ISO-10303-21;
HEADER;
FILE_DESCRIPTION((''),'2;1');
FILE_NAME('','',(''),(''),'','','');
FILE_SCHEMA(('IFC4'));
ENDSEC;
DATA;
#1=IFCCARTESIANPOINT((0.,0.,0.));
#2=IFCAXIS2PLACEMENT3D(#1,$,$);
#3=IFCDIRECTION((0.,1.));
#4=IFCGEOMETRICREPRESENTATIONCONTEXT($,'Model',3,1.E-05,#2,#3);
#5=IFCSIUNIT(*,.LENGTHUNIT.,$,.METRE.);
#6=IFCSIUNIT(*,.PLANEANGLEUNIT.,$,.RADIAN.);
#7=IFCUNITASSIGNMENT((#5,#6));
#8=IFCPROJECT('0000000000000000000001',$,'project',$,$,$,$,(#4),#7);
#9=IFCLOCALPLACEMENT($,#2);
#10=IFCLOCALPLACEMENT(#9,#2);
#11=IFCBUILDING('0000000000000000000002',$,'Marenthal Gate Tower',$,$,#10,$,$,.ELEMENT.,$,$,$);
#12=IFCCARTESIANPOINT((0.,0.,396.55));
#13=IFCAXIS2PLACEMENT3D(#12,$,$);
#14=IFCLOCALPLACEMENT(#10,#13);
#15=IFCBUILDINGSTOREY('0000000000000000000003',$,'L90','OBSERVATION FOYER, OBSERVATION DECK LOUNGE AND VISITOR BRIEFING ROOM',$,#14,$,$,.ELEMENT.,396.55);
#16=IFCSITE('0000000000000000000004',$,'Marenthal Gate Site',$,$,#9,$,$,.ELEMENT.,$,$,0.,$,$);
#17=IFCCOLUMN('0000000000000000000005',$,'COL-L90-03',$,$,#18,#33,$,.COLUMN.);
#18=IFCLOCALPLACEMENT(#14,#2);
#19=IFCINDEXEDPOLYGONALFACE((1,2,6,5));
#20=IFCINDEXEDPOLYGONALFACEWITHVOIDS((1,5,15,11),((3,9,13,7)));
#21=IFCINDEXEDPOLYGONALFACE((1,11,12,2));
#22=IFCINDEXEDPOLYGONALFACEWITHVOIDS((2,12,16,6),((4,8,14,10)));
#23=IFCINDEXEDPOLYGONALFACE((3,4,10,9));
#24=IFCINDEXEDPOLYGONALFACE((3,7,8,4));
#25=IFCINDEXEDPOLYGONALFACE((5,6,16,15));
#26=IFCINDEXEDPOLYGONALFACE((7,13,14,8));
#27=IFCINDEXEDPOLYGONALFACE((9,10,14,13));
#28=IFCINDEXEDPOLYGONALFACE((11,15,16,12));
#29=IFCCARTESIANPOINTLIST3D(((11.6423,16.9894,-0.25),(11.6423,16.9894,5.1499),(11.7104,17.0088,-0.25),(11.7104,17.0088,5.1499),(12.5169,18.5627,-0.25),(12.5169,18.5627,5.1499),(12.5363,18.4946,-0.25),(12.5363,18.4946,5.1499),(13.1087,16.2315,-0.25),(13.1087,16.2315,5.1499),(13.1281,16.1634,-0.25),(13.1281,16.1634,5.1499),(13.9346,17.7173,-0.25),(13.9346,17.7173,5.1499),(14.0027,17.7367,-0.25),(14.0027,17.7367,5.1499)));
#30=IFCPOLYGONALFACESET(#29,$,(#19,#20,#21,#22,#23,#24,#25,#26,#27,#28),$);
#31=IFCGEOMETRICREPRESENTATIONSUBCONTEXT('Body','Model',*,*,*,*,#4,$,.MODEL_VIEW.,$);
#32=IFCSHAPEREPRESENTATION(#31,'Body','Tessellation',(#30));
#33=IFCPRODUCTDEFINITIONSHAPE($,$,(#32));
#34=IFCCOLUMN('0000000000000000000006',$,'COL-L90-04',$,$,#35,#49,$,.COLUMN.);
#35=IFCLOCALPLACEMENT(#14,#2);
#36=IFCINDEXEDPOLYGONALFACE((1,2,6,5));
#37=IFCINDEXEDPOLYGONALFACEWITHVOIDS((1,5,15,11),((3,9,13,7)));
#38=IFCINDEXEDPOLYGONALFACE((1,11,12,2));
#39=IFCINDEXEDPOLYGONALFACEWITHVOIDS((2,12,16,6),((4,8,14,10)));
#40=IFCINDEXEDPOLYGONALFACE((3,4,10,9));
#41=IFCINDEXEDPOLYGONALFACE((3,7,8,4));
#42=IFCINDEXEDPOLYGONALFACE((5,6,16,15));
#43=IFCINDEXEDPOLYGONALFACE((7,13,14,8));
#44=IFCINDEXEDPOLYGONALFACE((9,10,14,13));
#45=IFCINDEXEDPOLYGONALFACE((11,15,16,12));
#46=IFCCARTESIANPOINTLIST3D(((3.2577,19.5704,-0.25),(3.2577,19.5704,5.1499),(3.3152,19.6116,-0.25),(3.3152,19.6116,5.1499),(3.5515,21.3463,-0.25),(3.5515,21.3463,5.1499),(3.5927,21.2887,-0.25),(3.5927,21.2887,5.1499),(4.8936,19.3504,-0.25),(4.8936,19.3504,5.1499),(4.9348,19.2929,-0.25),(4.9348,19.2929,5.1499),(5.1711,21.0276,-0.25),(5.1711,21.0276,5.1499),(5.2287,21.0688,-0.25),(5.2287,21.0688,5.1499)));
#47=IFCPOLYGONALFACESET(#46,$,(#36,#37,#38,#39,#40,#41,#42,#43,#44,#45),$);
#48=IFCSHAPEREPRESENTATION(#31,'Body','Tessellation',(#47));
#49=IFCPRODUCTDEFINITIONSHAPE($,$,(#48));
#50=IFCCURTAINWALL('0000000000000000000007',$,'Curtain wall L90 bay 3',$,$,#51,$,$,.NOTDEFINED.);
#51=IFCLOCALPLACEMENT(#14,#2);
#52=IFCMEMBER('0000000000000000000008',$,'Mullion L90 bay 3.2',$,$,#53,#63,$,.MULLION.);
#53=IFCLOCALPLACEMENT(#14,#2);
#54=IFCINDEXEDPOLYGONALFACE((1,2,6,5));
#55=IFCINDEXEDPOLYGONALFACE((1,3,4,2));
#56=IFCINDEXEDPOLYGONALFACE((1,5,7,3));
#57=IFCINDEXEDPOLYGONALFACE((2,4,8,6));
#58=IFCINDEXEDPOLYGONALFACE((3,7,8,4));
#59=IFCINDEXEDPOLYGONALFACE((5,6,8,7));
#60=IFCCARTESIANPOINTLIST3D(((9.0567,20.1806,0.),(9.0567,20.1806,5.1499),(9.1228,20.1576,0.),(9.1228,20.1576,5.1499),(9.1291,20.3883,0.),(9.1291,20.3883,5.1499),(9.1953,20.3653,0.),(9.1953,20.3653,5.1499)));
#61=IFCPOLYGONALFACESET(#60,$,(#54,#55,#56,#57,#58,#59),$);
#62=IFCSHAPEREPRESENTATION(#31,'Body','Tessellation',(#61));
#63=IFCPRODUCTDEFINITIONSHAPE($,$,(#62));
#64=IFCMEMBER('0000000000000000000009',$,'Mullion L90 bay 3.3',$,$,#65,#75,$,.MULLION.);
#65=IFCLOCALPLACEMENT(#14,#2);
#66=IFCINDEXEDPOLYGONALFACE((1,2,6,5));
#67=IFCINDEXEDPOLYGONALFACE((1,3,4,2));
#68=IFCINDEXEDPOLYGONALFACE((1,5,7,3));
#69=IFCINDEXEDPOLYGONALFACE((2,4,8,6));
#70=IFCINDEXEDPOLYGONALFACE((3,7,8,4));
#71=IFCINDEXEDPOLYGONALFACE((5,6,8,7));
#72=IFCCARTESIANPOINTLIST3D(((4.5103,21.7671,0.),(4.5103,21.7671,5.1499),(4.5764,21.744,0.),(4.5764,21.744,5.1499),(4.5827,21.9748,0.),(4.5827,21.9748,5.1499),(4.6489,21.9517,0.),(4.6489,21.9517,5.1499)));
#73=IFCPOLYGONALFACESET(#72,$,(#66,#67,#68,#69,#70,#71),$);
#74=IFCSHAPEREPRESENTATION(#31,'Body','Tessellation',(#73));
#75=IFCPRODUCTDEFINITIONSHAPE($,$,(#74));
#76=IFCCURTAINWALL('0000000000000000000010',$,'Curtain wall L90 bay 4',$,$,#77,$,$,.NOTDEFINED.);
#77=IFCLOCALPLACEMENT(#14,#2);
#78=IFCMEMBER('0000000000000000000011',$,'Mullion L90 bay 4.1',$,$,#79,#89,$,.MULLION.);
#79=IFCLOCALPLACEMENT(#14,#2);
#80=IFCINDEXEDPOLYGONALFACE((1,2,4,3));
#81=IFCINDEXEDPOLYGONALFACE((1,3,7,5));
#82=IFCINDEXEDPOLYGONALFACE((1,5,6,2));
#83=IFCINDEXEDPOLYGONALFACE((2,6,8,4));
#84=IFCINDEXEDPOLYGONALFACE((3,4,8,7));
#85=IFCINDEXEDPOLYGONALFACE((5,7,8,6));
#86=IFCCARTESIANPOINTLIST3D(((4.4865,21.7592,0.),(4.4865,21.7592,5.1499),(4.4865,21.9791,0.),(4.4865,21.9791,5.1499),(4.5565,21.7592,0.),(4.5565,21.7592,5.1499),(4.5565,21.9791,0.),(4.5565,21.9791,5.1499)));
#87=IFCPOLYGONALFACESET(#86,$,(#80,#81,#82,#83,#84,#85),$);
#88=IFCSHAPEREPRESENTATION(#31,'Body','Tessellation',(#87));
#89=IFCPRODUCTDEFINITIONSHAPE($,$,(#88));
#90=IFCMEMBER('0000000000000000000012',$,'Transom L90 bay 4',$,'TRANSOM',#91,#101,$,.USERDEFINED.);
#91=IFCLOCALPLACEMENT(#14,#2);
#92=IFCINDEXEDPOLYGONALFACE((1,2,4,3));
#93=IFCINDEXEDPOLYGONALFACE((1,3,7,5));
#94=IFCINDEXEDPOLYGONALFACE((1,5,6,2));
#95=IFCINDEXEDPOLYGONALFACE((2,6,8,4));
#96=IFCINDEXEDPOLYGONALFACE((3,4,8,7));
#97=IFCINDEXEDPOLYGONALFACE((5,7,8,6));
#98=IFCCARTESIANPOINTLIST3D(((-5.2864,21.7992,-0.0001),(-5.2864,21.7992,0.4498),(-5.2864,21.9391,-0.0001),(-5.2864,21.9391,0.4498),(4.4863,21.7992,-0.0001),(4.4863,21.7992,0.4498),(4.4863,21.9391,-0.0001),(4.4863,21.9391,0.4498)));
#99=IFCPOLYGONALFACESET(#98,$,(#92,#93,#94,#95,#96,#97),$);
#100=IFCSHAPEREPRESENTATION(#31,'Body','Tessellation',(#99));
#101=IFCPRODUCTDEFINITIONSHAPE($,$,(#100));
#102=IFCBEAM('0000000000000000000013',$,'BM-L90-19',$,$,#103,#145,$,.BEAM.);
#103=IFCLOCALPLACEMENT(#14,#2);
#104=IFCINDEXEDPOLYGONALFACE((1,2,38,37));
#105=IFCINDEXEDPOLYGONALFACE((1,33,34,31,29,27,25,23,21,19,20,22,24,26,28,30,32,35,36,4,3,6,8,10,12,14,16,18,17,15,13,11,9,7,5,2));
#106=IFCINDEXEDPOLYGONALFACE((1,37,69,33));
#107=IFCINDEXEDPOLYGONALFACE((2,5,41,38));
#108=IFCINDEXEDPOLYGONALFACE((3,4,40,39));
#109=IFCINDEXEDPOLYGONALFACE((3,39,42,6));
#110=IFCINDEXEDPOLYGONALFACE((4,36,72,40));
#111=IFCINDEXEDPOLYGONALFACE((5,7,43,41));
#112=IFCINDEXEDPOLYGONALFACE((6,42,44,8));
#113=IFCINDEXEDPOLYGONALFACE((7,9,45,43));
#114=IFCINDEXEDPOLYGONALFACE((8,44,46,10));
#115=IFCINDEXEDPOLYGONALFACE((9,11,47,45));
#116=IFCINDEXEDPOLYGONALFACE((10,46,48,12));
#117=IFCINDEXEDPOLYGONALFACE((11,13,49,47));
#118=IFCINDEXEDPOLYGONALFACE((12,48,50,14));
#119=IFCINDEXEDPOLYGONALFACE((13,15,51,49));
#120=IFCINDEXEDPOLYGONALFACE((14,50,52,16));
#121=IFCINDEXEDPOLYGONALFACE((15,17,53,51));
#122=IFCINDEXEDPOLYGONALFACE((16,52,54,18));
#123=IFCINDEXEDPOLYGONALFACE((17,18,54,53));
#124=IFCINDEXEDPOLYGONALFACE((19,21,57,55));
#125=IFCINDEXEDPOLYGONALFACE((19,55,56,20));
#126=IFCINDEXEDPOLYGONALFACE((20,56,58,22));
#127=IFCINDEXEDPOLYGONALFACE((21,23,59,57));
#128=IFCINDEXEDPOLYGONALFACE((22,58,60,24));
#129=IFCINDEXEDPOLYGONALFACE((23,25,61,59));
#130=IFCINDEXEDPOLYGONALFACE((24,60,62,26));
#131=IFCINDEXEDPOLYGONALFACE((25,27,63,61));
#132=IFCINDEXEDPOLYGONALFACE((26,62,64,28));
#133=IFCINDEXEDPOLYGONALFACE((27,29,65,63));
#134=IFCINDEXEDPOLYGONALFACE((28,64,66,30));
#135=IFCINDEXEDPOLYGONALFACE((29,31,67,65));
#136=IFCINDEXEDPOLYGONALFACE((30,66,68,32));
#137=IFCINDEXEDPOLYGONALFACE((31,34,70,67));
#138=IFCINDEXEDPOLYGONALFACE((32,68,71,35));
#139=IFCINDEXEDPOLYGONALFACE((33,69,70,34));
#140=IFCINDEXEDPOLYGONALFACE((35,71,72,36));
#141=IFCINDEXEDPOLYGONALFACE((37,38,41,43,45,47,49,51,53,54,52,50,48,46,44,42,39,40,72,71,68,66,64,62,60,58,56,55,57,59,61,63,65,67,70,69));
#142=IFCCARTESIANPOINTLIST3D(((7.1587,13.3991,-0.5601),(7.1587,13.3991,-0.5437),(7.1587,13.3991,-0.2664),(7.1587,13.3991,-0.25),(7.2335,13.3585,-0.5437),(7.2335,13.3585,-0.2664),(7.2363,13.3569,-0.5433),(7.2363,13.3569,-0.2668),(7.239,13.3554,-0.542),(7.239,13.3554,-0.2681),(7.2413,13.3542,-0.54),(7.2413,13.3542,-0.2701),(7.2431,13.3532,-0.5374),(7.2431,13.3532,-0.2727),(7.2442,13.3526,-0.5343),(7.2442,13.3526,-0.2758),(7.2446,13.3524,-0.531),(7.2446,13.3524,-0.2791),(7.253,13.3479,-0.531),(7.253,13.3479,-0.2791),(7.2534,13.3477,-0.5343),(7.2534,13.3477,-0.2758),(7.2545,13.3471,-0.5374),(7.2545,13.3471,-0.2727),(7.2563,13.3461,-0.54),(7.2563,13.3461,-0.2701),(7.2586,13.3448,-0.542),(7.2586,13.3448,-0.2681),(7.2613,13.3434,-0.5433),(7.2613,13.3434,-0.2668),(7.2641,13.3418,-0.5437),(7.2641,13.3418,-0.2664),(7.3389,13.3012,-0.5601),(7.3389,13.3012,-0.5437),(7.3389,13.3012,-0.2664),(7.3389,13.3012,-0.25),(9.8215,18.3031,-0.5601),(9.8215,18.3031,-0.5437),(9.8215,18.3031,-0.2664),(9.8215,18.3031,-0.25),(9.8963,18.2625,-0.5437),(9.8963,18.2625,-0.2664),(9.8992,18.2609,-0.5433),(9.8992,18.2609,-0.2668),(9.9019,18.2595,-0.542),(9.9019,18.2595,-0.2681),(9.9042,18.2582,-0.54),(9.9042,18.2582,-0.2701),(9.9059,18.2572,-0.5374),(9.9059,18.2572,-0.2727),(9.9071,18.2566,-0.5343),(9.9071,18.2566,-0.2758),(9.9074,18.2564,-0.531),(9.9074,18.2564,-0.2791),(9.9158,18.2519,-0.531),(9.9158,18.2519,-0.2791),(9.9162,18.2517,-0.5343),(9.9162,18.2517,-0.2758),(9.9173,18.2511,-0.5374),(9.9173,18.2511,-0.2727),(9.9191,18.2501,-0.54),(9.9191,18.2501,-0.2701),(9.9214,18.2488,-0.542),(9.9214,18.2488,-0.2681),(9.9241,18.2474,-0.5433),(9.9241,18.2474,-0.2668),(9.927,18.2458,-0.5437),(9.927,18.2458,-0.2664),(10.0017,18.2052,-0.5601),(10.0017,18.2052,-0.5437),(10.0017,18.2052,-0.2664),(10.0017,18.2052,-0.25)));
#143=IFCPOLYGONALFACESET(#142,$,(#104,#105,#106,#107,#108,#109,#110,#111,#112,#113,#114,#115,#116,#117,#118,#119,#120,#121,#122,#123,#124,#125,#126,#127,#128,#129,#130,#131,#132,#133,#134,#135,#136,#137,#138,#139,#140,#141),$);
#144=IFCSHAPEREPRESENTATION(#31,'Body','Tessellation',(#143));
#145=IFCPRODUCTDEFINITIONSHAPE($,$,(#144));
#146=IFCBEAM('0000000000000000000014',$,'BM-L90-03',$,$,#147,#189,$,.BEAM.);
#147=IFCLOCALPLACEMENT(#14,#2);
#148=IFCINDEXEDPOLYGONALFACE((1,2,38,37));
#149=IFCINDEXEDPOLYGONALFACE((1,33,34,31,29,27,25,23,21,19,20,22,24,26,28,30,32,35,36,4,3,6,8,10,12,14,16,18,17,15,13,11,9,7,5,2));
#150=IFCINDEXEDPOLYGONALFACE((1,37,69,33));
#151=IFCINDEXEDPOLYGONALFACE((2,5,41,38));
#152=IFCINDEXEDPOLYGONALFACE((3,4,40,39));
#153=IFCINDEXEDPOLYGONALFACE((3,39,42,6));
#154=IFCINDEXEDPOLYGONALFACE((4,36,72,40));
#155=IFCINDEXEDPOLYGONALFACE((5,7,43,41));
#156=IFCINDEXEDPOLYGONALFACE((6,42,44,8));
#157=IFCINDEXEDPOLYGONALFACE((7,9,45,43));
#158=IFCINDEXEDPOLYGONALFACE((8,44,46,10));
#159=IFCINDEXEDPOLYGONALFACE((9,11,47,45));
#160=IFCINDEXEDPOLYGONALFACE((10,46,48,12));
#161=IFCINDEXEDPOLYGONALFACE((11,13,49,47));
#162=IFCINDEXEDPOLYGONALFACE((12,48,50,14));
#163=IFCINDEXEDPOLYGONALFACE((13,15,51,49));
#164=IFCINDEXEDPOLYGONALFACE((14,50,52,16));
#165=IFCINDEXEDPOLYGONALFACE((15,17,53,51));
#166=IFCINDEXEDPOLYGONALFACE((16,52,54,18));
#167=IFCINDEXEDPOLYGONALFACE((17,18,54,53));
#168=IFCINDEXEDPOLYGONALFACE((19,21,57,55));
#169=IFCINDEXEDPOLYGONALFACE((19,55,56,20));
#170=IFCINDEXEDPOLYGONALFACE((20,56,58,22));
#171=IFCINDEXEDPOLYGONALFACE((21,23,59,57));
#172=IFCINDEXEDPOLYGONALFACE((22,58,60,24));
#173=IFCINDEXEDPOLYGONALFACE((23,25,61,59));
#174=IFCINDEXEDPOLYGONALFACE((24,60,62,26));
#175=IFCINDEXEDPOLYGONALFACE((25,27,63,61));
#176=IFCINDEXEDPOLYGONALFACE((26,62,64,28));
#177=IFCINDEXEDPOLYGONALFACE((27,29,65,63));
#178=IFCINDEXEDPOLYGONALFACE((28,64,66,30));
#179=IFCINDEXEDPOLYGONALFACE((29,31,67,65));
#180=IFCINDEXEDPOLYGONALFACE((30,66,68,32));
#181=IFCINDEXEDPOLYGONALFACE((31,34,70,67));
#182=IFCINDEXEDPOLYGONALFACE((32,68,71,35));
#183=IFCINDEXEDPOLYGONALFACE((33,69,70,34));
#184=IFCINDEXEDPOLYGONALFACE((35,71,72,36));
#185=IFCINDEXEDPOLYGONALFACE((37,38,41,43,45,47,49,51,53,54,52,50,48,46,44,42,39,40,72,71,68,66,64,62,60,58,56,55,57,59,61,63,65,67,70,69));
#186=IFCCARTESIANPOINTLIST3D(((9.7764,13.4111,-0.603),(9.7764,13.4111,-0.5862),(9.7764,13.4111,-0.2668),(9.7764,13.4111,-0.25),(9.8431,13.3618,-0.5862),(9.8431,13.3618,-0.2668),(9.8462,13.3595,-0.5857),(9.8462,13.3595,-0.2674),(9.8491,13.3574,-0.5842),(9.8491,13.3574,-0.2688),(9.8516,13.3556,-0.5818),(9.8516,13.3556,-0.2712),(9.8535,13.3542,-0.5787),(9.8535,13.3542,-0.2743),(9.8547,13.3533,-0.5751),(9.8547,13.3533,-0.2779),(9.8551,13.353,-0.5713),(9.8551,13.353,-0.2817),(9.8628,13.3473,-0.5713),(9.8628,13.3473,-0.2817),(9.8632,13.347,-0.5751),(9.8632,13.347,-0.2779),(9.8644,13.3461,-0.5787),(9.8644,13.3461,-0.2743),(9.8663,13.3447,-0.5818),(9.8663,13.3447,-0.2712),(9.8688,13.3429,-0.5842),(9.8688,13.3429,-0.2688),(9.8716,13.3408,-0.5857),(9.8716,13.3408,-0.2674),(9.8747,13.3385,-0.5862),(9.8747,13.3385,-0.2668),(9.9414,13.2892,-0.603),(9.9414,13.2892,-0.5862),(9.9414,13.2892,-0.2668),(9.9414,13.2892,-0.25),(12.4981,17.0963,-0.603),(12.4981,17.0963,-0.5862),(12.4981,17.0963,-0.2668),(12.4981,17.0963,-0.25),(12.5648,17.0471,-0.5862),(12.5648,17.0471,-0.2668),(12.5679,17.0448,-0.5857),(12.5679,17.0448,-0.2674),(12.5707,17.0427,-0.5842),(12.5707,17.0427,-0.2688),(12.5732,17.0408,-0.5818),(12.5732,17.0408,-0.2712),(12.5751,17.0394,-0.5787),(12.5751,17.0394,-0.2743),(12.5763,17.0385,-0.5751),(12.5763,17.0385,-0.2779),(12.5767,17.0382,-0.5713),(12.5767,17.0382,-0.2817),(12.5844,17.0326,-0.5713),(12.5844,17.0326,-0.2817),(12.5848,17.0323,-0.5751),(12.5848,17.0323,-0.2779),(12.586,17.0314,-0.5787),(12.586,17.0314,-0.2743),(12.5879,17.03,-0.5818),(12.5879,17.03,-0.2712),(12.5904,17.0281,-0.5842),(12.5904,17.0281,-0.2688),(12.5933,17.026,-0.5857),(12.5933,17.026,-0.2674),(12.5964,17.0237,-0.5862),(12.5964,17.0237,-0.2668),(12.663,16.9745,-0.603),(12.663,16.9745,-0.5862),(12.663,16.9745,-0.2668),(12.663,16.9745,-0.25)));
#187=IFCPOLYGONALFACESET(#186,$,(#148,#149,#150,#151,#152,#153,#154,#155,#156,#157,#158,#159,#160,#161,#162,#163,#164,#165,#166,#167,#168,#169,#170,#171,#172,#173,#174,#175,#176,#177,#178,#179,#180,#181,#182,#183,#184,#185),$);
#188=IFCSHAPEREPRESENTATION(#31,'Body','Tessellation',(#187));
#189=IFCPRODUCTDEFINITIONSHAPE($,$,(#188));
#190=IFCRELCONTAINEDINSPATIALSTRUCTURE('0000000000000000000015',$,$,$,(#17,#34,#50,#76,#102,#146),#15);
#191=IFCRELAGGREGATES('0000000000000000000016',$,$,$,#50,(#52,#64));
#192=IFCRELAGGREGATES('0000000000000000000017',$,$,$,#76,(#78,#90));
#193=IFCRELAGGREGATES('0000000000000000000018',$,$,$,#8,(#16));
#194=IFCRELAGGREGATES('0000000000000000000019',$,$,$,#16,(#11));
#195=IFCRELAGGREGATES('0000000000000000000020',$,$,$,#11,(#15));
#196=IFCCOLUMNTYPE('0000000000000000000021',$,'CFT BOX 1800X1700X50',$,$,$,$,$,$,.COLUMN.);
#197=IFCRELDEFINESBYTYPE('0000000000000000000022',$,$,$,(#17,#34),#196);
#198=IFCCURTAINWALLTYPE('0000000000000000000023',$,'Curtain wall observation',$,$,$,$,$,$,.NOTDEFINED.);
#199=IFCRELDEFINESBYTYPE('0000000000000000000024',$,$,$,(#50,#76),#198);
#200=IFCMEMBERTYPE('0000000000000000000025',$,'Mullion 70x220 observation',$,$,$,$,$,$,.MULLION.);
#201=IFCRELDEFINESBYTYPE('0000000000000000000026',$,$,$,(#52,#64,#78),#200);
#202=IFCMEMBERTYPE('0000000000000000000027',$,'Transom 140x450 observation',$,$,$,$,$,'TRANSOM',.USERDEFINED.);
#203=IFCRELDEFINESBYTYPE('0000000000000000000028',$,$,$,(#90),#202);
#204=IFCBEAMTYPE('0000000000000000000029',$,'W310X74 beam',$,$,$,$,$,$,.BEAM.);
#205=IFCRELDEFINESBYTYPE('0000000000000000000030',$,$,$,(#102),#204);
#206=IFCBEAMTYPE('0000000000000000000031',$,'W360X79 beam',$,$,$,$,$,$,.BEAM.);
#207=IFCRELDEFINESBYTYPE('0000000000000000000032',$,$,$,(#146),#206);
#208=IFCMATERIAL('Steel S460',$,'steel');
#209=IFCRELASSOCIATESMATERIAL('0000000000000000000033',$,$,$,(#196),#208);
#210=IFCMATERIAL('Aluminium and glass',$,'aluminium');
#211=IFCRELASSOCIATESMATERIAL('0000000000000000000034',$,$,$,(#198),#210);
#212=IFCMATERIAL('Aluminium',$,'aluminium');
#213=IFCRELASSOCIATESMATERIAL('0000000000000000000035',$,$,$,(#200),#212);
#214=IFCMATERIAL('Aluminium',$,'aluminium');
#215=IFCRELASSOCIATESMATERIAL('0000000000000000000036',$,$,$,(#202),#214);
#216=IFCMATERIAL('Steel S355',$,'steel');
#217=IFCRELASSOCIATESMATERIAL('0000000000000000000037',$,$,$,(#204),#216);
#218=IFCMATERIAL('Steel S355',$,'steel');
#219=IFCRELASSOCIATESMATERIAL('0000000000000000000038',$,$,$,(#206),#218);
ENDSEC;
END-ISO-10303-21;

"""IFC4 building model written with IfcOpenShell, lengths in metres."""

from ifc_helpers import new_model, si_unit, direction, frame, origin, origin_2d, place, context, subcontext, project, spatial, rectangle, hollow_rectangle, i_section, extrude, material, material_profile, profile_set, type_object, element, aggregate, save


model = new_model("IFC4")

# Units and contexts
model_context = context("Model", 3, precision=1e-05, world=origin(), true_north=direction((0.0, 1.0)))
body_context = subcontext(model_context, "Body", "Model", "MODEL_VIEW")
ifc_project = project(units=[si_unit("LENGTHUNIT", "METRE"), si_unit("PLANEANGLEUNIT", "RADIAN")], contexts=[model_context])

# Site, building, storey
site_placement = place(None, origin())
site = spatial("IfcSite", under=ifc_project, at=site_placement, Name="Marenthal Gate Site", CompositionType="ELEMENT", RefElevation=0.0)
building_placement = place(site_placement, origin())
building = spatial("IfcBuilding", under=site, at=building_placement, Name="Marenthal Gate Tower", CompositionType="ELEMENT")
storey_placement = place(building_placement, frame((0.0, 0.0, 396.55)))
storey = spatial("IfcBuildingStorey", under=building, at=storey_placement, Name="L90", Description="OBSERVATION FOYER, OBSERVATION DECK LOUNGE AND VISITOR BRIEFING ROOM", CompositionType="ELEMENT", Elevation=396.55)

# Columns
ifc_material_1 = material(Name="Steel S460", Category="steel")
ifc_material_profile_1 = material_profile(ifc_material_1, hollow_rectangle(XDim=1.7, YDim=1.8, WallThickness=0.05, at=origin_2d()), Name="CFT BOX 1800X1700X50")
ifc_material_2 = material(Name="Concrete 70 MPa", Category="concrete")
ifc_material_profile_2 = material_profile(ifc_material_2, rectangle(XDim=1.6001, YDim=1.7, at=origin_2d()), Name="CFT BOX 1800X1700X50 INFILL")
ifc_profile_set_1 = profile_set([ifc_material_profile_1, ifc_material_profile_2], Name="Steel S460 shell, Concrete 70 MPa infill")
column_type = type_object("IfcColumnType", Name="CFT BOX 1800X1700X50", PredefinedType="COLUMN", material=ifc_profile_set_1)
for number, where, z_axis, x_axis, name in (
    (1, (12.8225, 17.363, -0.25), (0.0, 0.0, 1.0), (0.874037, -0.48586, 0.0), "COL-L90-03"),
    (2, (4.2432, 20.3196, -0.25), (0.0, 0.0, 1.0), (0.986583, -0.163262, 0.0), "COL-L90-04"),
):
    element("IfcColumn", number, at=place(storey_placement, frame(where, z_axis=z_axis, x_axis=x_axis)), inside=storey, type_object=column_type, Name=name, PredefinedType="COLUMN", context=body_context, shape_type="SweptSolid", body=[
        extrude(hollow_rectangle(XDim=1.7, YDim=1.8, WallThickness=0.05, at=origin_2d()), origin(), (0.0, 0.0, 1.0), 5.3999),
    ])

# Curtain walls, members
ifc_material_3 = material(Name="Aluminium and glass", Category="aluminium")
curtain_wall_type = type_object("IfcCurtainWallType", Name="Curtain wall observation", PredefinedType="NOTDEFINED", material=ifc_material_3)
curtain_wall_1_placement = place(storey_placement, origin())
curtain_wall_1 = element("IfcCurtainWall", 3, at=curtain_wall_1_placement, inside=storey, type_object=curtain_wall_type, Name="Curtain wall L90 bay 3", PredefinedType="NOTDEFINED")
ifc_material_4 = material(Name="Aluminium", Category="aluminium")
ifc_material_profile_3 = material_profile(ifc_material_4, rectangle(XDim=0.22, YDim=0.0701, at=origin_2d()), Name="70x220 aluminium mullion")
ifc_profile_set_2 = profile_set([ifc_material_profile_3], Name="Aluminium")
member_type_1 = type_object("IfcMemberType", Name="Mullion 70x220 observation", PredefinedType="MULLION", material=ifc_profile_set_2)
member_1_placement = place(storey_placement, frame((9.126, 20.2729, 0.0), z_axis=(0.0, 0.0, 1.0), x_axis=(-0.329454, -0.944172, 0.0)))
member_1 = element("IfcMember", 4, at=member_1_placement, type_object=member_type_1, Name="Mullion L90 bay 3.2", PredefinedType="MULLION", context=body_context, shape_type="SweptSolid", body=[
    extrude(rectangle(XDim=0.22, YDim=0.0701, at=origin_2d()), origin(), (0.0, 0.0, 1.0), 5.1499),
])
member_2_placement = place(storey_placement, frame((4.5796, 21.8594, 0.0), z_axis=(0.0, 0.0, 1.0), x_axis=(-0.329454, -0.944172, 0.0)))
member_2 = element("IfcMember", 5, at=member_2_placement, type_object=member_type_1, Name="Mullion L90 bay 3.3", PredefinedType="MULLION", context=body_context, shape_type="SweptSolid", body=[
    extrude(rectangle(XDim=0.22, YDim=0.0701, at=origin_2d()), origin(), (0.0, 0.0, 1.0), 5.1499),
])
curtain_wall_2_placement = place(storey_placement, origin())
curtain_wall_2 = element("IfcCurtainWall", 6, at=curtain_wall_2_placement, inside=storey, type_object=curtain_wall_type, Name="Curtain wall L90 bay 4", PredefinedType="NOTDEFINED")
member_3_placement = place(storey_placement, frame((4.5215, 21.8691, 0.0), z_axis=(0.0, 0.0, 1.0), x_axis=(0.0, -1.0, 0.0)))
member_3 = element("IfcMember", 7, at=member_3_placement, type_object=member_type_1, Name="Mullion L90 bay 4.1", PredefinedType="MULLION", context=body_context, shape_type="SweptSolid", body=[
    extrude(rectangle(XDim=0.22, YDim=0.0701, at=origin_2d()), origin(), (0.0, 0.0, 1.0), 5.1499),
])
ifc_material_5 = material(Name="Aluminium", Category="aluminium")
ifc_material_profile_4 = material_profile(ifc_material_5, rectangle(XDim=0.1399, YDim=0.45, at=origin_2d()), Name="140x450 aluminium transom")
ifc_profile_set_3 = profile_set([ifc_material_profile_4], Name="Aluminium")
member_type_2 = type_object("IfcMemberType", Name="Transom 140x450 observation", ElementType="TRANSOM", PredefinedType="USERDEFINED", material=ifc_profile_set_3)
member_4_placement = place(storey_placement, frame((4.4863, 21.8691, 0.2249), z_axis=(-1.0, 0.0, 0.0), x_axis=(0.0, -1.0, 0.0)))
member_4 = element("IfcMember", 8, at=member_4_placement, type_object=member_type_2, Name="Transom L90 bay 4", ObjectType="TRANSOM", PredefinedType="USERDEFINED", context=body_context, shape_type="SweptSolid", body=[
    extrude(rectangle(XDim=0.1399, YDim=0.45, at=origin_2d()), origin(), (0.0, 0.0, 1.0), 9.7727),
])

# Beams
ifc_material_6 = material(Name="Steel S355", Category="steel")
ifc_material_profile_5 = material_profile(ifc_material_6, i_section(OverallWidth=0.2051, OverallDepth=0.3101, WebThickness=0.0095, FlangeThickness=0.0164, FilletRadius=0.0127, at=origin_2d()), Name="W310X74")
ifc_profile_set_4 = profile_set([ifc_material_profile_5], Name="Steel S355")
beam_type_1 = type_object("IfcBeamType", Name="W310X74 beam", PredefinedType="BEAM", material=ifc_profile_set_4)
beam_1_placement = place(storey_placement, frame((9.9116, 18.2542, -0.405), z_axis=(-0.477181, -0.878805, 0.0), x_axis=(0.878805, -0.477181, 0.0)))
element("IfcBeam", 9, at=beam_1_placement, inside=storey, type_object=beam_type_1, Name="BM-L90-19", PredefinedType="BEAM", context=body_context, shape_type="SweptSolid", body=[
    extrude(i_section(OverallWidth=0.2051, OverallDepth=0.3101, WebThickness=0.0095, FlangeThickness=0.0164, FilletRadius=0.0127, at=origin_2d()), origin(), (0.0, 0.0, 1.0), 5.5803),
])
ifc_material_7 = material(Name="Steel S355", Category="steel")
ifc_material_profile_6 = material_profile(ifc_material_7, i_section(OverallWidth=0.2051, OverallDepth=0.353, WebThickness=0.0095, FlangeThickness=0.0168, FilletRadius=0.0149, at=origin_2d()), Name="W360X79")
ifc_profile_set_5 = profile_set([ifc_material_profile_6], Name="Steel S355")
beam_type_2 = type_object("IfcBeamType", Name="W360X79 beam", PredefinedType="BEAM", material=ifc_profile_set_5)
beam_2_placement = place(storey_placement, frame((12.5806, 17.0354, -0.4265), z_axis=(-0.594075, -0.80441, 0.0), x_axis=(0.80441, -0.594075, 0.0)))
element("IfcBeam", 10, at=beam_2_placement, inside=storey, type_object=beam_type_2, Name="BM-L90-03", PredefinedType="BEAM", context=body_context, shape_type="SweptSolid", body=[
    extrude(i_section(OverallWidth=0.2051, OverallDepth=0.353, WebThickness=0.0095, FlangeThickness=0.0168, FilletRadius=0.0149, at=origin_2d()), origin(), (0.0, 0.0, 1.0), 4.5813),
])

aggregate(curtain_wall_1, [member_1, member_2])
aggregate(curtain_wall_2, [member_3, member_4])

save(model, "model.ifc")
